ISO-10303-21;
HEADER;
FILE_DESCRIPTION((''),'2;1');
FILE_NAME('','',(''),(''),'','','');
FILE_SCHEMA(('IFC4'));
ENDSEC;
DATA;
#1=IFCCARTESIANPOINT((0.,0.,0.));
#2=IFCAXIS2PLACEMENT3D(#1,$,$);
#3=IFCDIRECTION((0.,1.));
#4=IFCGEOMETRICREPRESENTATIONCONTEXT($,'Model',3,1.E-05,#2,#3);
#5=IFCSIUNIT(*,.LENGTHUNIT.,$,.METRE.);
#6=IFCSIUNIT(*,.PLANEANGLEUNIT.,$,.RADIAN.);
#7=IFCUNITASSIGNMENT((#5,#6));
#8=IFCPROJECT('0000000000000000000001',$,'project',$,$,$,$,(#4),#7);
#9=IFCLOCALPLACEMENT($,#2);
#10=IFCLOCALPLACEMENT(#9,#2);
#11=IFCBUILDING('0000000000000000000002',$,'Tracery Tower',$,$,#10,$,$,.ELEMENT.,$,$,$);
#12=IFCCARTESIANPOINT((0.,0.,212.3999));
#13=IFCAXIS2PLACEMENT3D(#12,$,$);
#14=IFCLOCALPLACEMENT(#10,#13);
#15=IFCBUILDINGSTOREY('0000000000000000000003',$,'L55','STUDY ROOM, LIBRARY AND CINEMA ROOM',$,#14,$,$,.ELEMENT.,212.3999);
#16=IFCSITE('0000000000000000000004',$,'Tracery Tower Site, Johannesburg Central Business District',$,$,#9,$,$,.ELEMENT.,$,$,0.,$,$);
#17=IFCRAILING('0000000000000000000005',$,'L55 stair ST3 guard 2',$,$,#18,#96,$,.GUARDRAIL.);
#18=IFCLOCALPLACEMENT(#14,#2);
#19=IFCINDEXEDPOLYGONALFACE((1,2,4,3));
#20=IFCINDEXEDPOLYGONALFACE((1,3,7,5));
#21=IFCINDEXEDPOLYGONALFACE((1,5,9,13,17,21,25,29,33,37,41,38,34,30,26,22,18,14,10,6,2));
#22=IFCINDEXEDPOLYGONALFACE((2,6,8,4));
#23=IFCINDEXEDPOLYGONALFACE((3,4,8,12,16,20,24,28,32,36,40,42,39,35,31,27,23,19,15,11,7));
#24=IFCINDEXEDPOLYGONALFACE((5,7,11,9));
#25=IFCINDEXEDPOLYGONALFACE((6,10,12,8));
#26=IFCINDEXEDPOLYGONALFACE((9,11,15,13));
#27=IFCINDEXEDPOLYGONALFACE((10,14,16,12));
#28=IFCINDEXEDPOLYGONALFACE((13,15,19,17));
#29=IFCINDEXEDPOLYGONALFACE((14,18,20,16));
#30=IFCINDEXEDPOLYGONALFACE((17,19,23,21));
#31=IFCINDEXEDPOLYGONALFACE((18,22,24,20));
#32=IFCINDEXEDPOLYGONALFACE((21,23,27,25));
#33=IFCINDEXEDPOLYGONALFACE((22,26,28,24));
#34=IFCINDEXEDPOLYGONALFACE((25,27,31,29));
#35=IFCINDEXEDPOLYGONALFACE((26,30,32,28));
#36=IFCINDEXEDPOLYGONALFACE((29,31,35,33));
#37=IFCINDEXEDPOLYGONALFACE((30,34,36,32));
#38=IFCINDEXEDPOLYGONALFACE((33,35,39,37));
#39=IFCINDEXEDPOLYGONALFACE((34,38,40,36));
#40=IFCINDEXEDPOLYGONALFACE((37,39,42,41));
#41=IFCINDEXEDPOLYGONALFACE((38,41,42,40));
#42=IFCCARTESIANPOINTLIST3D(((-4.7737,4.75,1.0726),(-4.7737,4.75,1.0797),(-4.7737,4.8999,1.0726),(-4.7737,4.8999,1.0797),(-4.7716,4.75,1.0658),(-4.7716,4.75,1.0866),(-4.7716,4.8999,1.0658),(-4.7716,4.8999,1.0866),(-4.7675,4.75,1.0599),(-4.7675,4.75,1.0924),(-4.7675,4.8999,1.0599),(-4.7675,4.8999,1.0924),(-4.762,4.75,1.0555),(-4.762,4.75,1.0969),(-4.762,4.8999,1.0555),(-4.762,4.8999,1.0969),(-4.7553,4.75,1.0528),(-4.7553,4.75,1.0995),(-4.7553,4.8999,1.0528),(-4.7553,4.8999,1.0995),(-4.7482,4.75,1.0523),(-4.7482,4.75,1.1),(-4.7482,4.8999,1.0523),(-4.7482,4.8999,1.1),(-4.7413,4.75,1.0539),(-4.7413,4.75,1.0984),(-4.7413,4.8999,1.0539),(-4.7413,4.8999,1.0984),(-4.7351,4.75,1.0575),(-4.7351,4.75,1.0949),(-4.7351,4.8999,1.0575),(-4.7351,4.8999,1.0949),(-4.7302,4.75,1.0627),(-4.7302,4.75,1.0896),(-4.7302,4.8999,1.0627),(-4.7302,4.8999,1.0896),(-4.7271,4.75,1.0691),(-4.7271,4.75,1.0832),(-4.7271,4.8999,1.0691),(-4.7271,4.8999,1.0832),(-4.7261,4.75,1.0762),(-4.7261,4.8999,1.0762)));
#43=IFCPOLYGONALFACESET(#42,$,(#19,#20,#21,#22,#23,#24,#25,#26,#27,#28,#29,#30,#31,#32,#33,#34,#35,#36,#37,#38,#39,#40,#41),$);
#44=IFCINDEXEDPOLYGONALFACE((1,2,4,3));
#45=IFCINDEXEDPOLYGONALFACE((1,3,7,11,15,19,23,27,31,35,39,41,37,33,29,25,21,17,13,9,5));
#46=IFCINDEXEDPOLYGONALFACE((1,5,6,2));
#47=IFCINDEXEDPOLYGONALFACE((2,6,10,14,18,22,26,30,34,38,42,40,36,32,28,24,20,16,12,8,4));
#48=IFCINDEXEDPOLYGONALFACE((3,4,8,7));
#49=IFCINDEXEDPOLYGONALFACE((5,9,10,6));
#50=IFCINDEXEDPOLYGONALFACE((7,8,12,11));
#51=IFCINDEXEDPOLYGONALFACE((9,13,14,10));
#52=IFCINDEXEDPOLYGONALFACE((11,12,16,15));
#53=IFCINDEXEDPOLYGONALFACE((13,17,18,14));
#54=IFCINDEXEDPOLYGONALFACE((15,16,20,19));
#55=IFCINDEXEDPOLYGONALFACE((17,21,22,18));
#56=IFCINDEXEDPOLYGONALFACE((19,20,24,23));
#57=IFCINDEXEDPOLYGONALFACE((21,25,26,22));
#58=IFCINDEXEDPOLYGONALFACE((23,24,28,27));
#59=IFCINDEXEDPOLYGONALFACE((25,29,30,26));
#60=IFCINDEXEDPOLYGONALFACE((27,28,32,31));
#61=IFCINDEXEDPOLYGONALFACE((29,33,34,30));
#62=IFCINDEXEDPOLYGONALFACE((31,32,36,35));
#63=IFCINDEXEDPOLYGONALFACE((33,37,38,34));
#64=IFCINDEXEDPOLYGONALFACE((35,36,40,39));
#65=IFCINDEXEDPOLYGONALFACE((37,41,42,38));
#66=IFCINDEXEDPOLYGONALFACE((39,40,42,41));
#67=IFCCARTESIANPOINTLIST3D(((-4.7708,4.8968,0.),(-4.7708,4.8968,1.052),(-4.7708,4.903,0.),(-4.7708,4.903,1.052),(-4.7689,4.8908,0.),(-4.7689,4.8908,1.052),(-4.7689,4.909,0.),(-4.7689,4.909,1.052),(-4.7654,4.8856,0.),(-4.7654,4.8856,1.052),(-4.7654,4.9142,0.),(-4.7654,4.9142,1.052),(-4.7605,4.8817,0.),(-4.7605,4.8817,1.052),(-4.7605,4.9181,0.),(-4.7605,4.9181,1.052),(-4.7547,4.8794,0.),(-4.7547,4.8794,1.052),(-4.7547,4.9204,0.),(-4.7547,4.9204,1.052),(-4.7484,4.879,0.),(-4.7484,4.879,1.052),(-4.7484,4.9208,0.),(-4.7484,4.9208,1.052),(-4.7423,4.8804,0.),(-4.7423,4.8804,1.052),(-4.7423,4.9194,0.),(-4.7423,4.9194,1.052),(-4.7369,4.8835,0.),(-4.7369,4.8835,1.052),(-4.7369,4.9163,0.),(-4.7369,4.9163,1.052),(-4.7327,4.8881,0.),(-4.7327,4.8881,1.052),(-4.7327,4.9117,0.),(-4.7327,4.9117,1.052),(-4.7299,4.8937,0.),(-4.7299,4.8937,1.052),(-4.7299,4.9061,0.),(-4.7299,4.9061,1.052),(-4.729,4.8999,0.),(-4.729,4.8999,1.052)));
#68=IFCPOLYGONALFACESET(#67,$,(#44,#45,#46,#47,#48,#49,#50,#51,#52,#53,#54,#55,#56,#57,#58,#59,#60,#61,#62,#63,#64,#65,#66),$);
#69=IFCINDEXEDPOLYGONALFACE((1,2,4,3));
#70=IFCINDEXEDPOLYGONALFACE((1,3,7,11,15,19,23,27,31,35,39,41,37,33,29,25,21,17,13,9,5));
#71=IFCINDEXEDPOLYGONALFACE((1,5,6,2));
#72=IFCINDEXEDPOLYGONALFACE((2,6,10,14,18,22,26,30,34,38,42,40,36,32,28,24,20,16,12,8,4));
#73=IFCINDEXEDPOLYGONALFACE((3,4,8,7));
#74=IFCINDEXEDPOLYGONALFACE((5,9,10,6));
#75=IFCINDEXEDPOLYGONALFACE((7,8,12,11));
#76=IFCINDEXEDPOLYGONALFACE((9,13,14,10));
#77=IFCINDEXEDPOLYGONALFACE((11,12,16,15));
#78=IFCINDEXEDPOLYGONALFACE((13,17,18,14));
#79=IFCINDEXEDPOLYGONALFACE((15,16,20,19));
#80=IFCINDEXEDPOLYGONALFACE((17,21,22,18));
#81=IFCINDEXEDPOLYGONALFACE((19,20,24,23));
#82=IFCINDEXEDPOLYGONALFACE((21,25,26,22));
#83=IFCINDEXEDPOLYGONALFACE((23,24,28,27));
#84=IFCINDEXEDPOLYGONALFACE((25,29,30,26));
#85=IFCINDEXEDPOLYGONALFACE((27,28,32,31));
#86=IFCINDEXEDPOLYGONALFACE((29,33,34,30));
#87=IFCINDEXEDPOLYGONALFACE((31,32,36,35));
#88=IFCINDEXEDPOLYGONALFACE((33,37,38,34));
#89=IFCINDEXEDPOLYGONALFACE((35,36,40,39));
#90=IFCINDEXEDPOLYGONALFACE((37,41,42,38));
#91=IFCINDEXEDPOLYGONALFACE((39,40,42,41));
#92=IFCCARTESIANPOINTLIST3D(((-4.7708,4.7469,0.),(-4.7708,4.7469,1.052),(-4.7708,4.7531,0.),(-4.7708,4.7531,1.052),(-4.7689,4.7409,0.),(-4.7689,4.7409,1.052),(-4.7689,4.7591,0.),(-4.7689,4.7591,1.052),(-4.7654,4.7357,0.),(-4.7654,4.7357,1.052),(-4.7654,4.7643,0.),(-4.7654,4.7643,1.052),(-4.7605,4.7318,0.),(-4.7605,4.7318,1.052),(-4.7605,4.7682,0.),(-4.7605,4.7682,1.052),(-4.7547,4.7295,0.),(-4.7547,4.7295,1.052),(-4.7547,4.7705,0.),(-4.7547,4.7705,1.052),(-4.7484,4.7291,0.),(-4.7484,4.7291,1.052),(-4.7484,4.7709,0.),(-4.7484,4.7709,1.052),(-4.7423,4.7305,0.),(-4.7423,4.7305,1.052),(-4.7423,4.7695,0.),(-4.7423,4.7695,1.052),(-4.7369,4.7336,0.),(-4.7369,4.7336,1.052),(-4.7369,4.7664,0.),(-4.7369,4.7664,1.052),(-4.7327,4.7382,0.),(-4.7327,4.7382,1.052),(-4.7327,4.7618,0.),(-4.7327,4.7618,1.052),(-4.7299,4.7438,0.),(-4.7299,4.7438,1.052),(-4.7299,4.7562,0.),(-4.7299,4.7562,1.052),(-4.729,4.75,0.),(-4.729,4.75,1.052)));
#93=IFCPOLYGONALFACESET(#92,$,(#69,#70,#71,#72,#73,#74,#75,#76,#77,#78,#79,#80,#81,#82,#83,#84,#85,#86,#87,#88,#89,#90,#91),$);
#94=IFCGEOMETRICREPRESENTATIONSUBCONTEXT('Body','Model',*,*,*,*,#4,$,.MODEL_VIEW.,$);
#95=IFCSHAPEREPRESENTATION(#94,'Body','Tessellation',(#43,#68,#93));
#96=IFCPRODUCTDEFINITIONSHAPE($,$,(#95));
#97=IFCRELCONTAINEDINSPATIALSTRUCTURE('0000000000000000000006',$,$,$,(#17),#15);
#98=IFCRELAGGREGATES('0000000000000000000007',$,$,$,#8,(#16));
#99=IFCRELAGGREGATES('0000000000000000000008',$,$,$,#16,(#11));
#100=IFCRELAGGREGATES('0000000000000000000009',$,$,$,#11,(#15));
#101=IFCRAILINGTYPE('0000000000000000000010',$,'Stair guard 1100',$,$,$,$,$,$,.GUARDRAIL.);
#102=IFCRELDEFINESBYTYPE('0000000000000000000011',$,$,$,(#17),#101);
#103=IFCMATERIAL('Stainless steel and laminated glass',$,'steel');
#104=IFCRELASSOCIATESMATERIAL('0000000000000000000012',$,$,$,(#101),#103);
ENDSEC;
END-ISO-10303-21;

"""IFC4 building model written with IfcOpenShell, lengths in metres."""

from ifc_helpers import new_model, si_unit, direction, frame, origin, origin_2d, place, context, subcontext, project, spatial, circle, extrude, material, type_object, element, save


model = new_model("IFC4")

# Units and contexts
model_context = context("Model", 3, precision=1e-05, world=origin(), true_north=direction((0.0, 1.0)))
body_context = subcontext(model_context, "Body", "Model", "MODEL_VIEW")
ifc_project = project(units=[si_unit("LENGTHUNIT", "METRE"), si_unit("PLANEANGLEUNIT", "RADIAN")], contexts=[model_context])

# Site, building, storey
site_placement = place(None, origin())
site = spatial("IfcSite", under=ifc_project, at=site_placement, Name="Tracery Tower Site, Johannesburg Central Business District", CompositionType="ELEMENT", RefElevation=0.0)
building_placement = place(site_placement, origin())
building = spatial("IfcBuilding", under=site, at=building_placement, Name="Tracery Tower", CompositionType="ELEMENT")
storey_placement = place(building_placement, frame((0.0, 0.0, 212.3999)))
storey = spatial("IfcBuildingStorey", under=building, at=storey_placement, Name="L55", Description="STUDY ROOM, LIBRARY AND CINEMA ROOM", CompositionType="ELEMENT", Elevation=212.3999)

# Railing
ifc_material_1 = material(Name="Stainless steel and laminated glass", Category="steel")
railing_type_1 = type_object("IfcRailingType", Name="Stair guard 1100", PredefinedType="GUARDRAIL", material=ifc_material_1)
railing_1_placement = place(storey_placement, frame((-4.75, 4.8999, 0.0)))
element("IfcRailing", 1, at=railing_1_placement, inside=storey, type_object=railing_type_1, Name="L55 stair ST3 guard 2", PredefinedType="GUARDRAIL", context=body_context, shape_type="SweptSolid", body=[
    extrude(circle(Radius=0.0239, at=origin_2d()), frame((0.0, 0.0, 1.0762), z_axis=(0.0, -1.0, 0.0), x_axis=(1.0, 0.0, 0.0)), (0.0, 0.0, 1.0), 0.1499),
    extrude(circle(Radius=0.021, at=origin_2d()), origin(), (0.0, 0.0, 1.0), 1.052),
    extrude(circle(Radius=0.021, at=origin_2d()), frame((0.0, -0.1499, 0.0)), (0.0, 0.0, 1.0), 1.052),
])

save(model, "model.ifc")
